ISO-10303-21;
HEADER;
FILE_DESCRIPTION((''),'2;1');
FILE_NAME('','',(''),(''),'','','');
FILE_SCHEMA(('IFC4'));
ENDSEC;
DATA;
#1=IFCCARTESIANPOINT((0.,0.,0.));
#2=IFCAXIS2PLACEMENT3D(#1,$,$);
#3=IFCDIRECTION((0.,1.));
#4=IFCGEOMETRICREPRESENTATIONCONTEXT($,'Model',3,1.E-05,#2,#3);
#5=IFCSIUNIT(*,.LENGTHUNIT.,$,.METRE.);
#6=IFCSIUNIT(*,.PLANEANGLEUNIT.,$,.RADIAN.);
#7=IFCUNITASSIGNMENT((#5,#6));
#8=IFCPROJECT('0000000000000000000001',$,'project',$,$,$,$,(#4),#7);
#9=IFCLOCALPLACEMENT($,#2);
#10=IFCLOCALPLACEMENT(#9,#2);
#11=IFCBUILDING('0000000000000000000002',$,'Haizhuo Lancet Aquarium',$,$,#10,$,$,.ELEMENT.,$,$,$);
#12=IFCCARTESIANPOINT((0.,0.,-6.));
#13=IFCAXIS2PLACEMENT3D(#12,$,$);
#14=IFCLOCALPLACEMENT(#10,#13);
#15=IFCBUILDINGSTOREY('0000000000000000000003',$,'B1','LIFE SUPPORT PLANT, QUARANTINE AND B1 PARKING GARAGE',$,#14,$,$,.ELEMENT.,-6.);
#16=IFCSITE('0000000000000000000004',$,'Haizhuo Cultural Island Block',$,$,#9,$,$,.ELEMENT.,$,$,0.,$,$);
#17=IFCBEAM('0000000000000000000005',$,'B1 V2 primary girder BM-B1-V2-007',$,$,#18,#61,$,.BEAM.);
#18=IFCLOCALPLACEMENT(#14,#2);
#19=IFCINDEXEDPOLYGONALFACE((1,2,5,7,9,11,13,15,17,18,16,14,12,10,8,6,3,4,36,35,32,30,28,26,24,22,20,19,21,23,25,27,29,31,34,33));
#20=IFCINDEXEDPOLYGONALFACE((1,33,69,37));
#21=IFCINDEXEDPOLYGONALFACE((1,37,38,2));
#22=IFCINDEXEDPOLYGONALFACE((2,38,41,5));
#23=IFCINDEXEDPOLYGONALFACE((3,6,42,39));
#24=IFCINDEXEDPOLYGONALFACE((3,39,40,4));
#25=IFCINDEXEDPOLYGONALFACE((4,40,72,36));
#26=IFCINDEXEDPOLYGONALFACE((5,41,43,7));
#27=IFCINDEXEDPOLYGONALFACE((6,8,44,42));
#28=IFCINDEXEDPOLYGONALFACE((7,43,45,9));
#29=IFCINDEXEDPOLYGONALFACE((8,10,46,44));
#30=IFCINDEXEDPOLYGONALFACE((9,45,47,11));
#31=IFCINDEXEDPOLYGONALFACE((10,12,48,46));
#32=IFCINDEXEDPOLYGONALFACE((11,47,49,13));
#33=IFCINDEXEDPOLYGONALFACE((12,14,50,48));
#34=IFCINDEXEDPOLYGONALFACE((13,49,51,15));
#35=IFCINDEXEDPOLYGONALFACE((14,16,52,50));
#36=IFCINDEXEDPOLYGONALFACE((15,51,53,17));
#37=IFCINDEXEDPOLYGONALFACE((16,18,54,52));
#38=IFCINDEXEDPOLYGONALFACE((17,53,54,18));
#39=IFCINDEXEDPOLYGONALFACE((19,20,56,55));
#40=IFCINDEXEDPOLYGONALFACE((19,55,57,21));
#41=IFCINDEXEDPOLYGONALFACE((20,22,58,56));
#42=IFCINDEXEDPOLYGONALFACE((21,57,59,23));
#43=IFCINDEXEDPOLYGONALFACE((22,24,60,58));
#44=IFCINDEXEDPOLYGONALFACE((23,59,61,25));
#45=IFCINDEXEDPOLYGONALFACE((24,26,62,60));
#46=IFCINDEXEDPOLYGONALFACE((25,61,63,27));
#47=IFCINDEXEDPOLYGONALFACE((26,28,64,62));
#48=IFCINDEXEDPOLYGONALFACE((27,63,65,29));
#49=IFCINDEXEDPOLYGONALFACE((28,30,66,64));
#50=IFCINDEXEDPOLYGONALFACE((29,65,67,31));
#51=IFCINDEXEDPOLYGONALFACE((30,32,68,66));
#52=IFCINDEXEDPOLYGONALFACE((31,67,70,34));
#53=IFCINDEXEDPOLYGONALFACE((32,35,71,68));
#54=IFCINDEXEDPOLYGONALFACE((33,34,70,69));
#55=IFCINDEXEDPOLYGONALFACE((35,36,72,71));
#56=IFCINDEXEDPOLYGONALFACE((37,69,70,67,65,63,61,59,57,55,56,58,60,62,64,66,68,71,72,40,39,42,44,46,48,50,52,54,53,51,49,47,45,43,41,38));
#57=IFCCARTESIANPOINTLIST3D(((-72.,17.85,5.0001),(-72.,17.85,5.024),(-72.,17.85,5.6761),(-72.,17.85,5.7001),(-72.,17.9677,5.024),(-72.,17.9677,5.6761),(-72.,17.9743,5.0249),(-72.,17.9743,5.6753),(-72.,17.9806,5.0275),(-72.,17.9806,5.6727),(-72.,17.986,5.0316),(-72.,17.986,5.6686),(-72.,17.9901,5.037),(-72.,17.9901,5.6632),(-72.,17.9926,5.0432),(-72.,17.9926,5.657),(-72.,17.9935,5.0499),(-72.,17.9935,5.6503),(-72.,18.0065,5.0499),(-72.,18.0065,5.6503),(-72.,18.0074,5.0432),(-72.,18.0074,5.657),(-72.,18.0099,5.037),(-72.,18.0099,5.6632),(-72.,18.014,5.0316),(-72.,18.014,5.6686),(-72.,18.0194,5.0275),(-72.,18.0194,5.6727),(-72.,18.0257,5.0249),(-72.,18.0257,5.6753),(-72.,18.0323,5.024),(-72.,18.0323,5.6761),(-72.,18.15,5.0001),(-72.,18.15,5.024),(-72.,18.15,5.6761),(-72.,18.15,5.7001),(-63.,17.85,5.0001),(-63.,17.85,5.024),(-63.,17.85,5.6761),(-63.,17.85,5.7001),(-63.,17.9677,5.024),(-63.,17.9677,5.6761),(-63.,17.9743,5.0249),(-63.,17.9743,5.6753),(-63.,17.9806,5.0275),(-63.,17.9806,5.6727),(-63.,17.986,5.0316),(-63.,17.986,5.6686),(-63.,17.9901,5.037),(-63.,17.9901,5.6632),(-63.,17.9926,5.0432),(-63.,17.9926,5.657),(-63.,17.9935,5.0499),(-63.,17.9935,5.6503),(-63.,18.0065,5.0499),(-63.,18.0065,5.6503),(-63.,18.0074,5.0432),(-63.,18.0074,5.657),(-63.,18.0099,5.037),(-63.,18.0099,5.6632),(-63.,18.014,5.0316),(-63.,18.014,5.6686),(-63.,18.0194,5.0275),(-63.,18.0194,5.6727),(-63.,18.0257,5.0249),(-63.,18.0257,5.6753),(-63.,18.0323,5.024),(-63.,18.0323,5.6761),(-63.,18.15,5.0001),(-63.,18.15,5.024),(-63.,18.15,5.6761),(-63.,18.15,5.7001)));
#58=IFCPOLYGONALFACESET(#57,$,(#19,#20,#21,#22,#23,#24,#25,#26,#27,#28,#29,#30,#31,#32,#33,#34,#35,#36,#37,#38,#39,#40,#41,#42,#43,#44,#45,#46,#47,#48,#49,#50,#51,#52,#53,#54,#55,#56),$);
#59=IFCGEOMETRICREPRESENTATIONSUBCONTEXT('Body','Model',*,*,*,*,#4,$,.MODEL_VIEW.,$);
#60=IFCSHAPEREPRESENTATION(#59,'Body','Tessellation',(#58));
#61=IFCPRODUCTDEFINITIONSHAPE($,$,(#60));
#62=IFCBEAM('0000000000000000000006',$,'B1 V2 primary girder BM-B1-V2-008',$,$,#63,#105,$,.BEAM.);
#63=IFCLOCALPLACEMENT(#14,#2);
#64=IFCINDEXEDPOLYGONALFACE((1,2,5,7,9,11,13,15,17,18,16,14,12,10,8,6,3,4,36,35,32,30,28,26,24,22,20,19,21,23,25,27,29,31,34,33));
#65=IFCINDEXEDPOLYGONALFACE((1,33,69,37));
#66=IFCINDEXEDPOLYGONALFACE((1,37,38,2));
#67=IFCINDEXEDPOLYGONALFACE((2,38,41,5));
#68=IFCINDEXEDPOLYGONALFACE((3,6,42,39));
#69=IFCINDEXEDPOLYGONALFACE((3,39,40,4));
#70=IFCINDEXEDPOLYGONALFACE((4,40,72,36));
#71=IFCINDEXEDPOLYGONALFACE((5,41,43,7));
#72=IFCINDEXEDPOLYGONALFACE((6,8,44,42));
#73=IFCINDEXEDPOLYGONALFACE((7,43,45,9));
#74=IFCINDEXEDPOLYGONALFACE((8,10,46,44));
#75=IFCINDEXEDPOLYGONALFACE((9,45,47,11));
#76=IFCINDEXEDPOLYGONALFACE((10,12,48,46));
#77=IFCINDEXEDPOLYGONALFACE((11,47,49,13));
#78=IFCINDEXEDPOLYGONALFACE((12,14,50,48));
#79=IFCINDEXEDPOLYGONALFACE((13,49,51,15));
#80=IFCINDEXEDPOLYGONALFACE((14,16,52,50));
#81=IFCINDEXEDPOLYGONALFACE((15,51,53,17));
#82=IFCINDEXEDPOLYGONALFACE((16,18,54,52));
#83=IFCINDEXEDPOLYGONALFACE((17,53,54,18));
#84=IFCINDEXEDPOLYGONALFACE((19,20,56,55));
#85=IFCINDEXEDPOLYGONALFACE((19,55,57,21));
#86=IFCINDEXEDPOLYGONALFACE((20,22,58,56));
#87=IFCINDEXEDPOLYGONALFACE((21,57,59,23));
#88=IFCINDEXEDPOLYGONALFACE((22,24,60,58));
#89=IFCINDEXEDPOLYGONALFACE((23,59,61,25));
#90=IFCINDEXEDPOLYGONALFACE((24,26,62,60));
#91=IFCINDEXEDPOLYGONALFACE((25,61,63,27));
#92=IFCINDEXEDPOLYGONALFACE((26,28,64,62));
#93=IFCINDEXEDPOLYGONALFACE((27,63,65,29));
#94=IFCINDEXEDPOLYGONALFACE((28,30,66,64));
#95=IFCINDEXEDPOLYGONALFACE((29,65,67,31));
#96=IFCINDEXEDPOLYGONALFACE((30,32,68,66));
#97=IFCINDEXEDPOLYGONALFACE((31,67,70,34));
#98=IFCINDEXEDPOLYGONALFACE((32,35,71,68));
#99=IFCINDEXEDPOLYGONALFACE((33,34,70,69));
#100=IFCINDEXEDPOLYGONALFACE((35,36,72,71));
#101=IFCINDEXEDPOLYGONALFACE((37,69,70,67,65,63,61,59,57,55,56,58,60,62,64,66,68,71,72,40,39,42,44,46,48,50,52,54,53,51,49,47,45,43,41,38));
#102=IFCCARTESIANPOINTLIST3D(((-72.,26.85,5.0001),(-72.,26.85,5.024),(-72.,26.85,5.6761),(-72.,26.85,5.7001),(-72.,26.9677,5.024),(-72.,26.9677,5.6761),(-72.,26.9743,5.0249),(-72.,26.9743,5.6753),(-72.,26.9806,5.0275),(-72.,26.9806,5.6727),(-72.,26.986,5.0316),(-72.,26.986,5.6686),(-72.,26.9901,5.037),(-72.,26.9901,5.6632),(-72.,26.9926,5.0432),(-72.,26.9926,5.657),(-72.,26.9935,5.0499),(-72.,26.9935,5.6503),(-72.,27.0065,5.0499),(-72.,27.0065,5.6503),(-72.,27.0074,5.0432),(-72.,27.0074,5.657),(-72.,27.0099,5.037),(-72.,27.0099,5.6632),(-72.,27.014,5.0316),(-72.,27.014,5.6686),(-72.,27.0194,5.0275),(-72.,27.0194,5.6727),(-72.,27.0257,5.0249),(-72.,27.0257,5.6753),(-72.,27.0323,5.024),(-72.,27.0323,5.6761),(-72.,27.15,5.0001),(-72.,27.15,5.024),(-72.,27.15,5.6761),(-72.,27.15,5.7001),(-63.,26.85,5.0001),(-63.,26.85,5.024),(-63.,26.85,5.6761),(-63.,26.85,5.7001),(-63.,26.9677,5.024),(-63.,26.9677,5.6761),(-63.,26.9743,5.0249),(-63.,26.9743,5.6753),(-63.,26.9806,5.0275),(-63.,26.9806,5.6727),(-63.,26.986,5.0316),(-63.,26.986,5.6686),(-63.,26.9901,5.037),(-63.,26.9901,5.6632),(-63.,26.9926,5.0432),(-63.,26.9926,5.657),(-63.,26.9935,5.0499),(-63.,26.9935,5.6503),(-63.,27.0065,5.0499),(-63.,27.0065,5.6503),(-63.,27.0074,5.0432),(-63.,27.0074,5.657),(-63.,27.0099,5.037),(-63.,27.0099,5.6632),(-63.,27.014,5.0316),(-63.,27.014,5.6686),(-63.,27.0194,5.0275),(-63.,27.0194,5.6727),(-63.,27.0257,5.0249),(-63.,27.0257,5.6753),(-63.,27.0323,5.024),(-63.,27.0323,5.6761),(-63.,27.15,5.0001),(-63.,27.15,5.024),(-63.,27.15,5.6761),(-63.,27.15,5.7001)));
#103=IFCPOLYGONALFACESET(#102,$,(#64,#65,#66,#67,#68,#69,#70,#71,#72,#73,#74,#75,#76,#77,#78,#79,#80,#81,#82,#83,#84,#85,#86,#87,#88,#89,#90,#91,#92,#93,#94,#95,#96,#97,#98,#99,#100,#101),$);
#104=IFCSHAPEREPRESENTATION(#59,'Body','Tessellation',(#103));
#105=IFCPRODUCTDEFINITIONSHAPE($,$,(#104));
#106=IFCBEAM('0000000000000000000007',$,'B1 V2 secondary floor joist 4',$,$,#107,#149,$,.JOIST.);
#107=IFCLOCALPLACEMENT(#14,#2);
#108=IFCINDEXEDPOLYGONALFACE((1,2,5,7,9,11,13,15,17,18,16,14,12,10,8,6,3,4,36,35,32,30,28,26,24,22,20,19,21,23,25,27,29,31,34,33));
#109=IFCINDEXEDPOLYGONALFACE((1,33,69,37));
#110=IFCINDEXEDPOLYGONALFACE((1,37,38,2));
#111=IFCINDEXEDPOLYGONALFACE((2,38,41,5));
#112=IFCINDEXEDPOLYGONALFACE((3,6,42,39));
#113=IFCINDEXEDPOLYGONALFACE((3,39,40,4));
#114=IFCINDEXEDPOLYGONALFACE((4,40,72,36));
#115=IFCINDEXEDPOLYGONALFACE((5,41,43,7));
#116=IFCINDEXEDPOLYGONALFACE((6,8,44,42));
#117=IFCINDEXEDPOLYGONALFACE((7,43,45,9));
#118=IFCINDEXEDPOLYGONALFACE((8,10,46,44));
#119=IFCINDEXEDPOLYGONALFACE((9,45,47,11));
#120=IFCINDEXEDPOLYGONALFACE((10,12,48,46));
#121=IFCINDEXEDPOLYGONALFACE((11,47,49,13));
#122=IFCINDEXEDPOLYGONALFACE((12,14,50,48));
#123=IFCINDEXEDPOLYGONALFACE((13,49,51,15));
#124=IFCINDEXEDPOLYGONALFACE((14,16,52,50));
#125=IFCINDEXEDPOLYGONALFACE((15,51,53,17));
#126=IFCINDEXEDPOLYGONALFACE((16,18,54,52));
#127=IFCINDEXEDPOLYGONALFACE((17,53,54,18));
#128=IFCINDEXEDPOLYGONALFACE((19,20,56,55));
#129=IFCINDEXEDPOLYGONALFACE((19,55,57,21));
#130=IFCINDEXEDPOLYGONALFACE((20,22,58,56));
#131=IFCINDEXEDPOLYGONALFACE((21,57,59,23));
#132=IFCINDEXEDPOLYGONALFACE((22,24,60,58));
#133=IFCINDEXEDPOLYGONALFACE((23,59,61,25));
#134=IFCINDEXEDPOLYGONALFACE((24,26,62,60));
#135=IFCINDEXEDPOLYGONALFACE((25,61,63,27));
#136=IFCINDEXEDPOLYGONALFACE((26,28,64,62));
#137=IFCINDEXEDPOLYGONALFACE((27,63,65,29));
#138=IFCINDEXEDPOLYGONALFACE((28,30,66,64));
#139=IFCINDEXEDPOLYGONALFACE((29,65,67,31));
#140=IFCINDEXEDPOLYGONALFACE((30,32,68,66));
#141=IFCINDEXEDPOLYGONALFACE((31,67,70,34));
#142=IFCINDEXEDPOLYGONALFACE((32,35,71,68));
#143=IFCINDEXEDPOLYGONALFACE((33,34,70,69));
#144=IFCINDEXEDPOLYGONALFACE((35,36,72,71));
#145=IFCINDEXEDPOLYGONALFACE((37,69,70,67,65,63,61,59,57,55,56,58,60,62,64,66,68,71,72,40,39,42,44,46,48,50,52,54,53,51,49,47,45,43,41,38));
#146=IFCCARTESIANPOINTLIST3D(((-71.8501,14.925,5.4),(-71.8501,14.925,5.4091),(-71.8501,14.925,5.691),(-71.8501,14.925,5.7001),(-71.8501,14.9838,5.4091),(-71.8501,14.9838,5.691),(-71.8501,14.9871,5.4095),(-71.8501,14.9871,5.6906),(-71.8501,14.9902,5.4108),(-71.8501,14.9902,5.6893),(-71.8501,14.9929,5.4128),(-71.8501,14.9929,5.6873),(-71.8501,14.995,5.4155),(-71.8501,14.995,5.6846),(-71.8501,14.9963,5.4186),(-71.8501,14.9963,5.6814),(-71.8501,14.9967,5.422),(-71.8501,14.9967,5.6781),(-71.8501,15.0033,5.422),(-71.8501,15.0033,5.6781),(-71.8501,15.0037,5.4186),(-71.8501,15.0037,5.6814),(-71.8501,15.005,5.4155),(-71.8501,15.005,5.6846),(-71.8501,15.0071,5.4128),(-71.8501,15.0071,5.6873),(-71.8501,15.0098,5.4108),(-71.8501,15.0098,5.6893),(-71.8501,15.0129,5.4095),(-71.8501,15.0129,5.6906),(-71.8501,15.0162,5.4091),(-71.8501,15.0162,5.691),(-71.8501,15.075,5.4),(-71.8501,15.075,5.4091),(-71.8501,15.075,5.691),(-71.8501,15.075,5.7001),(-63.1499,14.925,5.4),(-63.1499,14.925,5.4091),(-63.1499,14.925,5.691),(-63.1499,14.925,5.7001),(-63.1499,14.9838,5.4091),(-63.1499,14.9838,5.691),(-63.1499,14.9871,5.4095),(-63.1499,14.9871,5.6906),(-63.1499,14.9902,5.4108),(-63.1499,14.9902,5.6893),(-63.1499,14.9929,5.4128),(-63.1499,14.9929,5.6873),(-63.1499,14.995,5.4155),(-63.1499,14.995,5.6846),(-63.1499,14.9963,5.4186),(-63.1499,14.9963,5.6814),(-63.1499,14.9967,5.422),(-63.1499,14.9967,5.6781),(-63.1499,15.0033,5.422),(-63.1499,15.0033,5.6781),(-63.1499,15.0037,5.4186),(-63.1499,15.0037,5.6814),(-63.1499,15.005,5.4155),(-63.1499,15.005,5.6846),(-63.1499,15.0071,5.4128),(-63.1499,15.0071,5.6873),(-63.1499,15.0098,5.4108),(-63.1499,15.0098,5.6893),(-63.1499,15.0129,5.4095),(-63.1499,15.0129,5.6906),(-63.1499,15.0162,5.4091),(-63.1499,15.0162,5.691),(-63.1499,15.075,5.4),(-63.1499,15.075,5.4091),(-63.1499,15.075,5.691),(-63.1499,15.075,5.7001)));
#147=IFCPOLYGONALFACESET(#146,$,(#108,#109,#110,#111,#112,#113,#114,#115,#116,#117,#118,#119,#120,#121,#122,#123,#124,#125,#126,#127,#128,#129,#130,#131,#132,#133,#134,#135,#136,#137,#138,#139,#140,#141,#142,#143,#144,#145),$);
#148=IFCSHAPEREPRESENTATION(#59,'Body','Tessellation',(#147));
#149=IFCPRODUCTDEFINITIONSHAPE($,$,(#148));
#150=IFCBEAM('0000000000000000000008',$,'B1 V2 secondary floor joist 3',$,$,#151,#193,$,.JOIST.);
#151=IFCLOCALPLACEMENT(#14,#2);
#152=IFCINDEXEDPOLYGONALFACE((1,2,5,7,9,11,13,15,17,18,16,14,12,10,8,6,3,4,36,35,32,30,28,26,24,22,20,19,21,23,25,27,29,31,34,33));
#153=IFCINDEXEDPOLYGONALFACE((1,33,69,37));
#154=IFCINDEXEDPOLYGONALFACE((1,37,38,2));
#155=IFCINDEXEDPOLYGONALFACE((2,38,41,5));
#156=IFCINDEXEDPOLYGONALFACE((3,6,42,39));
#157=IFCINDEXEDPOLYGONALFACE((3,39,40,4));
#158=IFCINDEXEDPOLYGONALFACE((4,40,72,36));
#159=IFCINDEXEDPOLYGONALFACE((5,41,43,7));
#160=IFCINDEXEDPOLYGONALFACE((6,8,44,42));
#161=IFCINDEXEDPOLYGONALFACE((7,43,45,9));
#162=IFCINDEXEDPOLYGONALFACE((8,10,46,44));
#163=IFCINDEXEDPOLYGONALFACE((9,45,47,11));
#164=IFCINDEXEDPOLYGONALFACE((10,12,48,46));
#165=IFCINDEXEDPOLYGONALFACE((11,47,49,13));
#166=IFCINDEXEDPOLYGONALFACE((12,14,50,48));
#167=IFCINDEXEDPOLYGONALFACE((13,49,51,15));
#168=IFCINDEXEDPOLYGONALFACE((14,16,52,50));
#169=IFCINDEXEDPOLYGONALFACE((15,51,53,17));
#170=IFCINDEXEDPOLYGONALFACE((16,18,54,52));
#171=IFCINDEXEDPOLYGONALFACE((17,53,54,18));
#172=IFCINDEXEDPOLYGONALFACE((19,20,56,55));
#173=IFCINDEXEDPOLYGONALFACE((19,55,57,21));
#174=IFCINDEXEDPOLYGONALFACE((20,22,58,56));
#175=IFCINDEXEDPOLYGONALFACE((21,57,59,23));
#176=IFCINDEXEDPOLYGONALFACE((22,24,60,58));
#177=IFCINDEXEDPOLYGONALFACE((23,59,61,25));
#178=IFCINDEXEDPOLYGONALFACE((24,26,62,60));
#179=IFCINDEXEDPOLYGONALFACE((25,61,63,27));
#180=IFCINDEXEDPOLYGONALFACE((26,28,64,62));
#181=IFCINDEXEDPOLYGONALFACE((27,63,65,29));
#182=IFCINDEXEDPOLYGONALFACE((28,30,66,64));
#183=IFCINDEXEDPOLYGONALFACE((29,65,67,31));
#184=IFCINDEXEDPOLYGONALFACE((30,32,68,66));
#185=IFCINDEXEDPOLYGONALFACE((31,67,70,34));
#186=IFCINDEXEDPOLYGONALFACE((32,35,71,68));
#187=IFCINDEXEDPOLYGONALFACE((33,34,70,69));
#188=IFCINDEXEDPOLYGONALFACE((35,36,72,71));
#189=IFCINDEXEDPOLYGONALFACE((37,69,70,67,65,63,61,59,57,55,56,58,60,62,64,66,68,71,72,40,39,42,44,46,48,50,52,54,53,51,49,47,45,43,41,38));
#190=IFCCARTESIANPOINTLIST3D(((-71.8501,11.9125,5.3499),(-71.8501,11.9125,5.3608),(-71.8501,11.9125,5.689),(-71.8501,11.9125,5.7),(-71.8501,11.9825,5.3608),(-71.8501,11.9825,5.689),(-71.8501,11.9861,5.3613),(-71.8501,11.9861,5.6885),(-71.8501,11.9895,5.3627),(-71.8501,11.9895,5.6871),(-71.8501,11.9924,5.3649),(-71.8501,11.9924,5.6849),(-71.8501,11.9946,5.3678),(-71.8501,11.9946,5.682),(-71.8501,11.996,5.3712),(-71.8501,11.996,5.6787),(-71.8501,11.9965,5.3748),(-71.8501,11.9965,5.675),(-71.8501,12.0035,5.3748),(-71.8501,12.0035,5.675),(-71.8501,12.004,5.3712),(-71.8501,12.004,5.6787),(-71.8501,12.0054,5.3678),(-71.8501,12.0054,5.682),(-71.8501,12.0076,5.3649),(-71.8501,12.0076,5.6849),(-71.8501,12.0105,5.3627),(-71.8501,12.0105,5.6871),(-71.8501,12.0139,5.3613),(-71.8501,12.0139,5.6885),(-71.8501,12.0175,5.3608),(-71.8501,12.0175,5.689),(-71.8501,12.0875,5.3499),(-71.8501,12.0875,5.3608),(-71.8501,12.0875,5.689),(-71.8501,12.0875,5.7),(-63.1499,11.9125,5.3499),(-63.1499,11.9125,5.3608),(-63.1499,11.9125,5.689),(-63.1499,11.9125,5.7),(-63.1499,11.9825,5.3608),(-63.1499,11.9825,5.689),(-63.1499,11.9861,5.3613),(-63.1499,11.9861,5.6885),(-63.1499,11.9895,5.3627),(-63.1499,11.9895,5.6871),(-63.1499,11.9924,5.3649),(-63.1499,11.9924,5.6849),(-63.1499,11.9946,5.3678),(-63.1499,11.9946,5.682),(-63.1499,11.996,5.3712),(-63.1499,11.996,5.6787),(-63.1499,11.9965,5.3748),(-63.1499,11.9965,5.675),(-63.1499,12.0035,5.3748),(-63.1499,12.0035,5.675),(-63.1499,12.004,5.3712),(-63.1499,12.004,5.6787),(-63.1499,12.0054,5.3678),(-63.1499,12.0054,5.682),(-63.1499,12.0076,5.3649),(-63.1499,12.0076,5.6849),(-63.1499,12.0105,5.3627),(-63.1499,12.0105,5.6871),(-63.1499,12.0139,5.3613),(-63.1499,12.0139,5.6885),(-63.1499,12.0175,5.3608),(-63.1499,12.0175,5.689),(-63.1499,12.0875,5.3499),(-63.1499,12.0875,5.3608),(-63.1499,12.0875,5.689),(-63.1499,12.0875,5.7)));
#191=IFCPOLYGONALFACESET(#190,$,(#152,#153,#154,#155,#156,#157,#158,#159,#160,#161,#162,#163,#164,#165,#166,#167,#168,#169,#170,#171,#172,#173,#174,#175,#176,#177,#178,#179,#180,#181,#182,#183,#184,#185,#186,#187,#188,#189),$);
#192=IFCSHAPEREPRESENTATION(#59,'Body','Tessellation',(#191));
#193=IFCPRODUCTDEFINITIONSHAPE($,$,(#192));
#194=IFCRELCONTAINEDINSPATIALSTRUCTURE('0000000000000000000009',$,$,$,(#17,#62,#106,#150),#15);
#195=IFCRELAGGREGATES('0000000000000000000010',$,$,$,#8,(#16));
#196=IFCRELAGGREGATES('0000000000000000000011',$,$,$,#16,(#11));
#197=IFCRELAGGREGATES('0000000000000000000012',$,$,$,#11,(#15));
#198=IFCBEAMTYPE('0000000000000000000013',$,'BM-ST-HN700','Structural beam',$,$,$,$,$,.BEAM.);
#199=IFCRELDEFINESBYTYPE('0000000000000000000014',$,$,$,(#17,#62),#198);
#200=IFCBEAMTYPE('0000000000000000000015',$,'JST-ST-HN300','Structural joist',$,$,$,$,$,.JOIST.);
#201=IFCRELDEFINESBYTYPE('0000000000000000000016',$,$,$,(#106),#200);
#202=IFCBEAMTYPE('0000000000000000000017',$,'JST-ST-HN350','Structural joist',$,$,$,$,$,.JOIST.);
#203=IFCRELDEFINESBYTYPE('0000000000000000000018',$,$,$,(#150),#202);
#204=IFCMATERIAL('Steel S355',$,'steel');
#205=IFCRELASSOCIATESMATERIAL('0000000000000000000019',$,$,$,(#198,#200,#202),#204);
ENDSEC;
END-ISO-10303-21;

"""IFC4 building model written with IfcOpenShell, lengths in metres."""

from ifc_helpers import new_model, si_unit, direction, frame, origin, origin_2d, place, context, subcontext, project, spatial, i_section, extrude, material, material_profile, profile_set, type_object, element, save


model = new_model("IFC4")

# Units and contexts
model_context = context("Model", 3, precision=1e-05, world=origin(), true_north=direction((0.0, 1.0)))
body_context = subcontext(model_context, "Body", "Model", "MODEL_VIEW")
ifc_project = project(units=[si_unit("LENGTHUNIT", "METRE"), si_unit("PLANEANGLEUNIT", "RADIAN")], contexts=[model_context])

# Site, building, storey
site_placement = place(None, origin())
site = spatial("IfcSite", under=ifc_project, at=site_placement, Name="Haizhuo Cultural Island Block", CompositionType="ELEMENT", RefElevation=0.0)
building_placement = place(site_placement, origin())
building = spatial("IfcBuilding", under=site, at=building_placement, Name="Haizhuo Lancet Aquarium", CompositionType="ELEMENT")
storey_placement = place(building_placement, frame((0.0, 0.0, -6.0)))
storey = spatial("IfcBuildingStorey", under=building, at=storey_placement, Name="B1", Description="LIFE SUPPORT PLANT, QUARANTINE AND B1 PARKING GARAGE", CompositionType="ELEMENT", Elevation=-6.0)

# Beams
ifc_material_1 = material(Name="Steel S355", Category="steel")
ifc_material_profile_1 = material_profile(ifc_material_1, i_section(OverallWidth=0.3, OverallDepth=0.7, WebThickness=0.0129, FlangeThickness=0.0239, FilletRadius=0.0259, at=origin_2d()), Name="HN 700x300x13x24")
ifc_profile_set_1 = profile_set([ifc_material_profile_1], Name="Steel S355")
beam_type_1 = type_object("IfcBeamType", Name="BM-ST-HN700", Description="Structural beam", PredefinedType="BEAM", material=ifc_profile_set_1)
for number, where, z_axis, x_axis, name in (
    (1, (-72.0, 18.0, 5.3501), (1.0, 0.0, 0.0), (0.0, 1.0, 0.0), "B1 V2 primary girder BM-B1-V2-007"),
    (2, (-72.0, 27.0, 5.3501), (1.0, 0.0, 0.0), (0.0, 1.0, 0.0), "B1 V2 primary girder BM-B1-V2-008"),
):
    element("IfcBeam", number, at=place(storey_placement, frame(where, z_axis=z_axis, x_axis=x_axis)), inside=storey, type_object=beam_type_1, Name=name, PredefinedType="BEAM", context=body_context, shape_type="SweptSolid", body=[
        extrude(i_section(OverallWidth=0.3, OverallDepth=0.7, WebThickness=0.0129, FlangeThickness=0.0239, FilletRadius=0.0259, at=origin_2d()), origin(), (0.0, 0.0, 1.0), 9.0),
    ])
ifc_material_profile_2 = material_profile(ifc_material_1, i_section(OverallWidth=0.1499, OverallDepth=0.3, WebThickness=0.0066, FlangeThickness=0.009, FilletRadius=0.0129, at=origin_2d()), Name="HN 300x150x6.5x9")
ifc_profile_set_2 = profile_set([ifc_material_profile_2], Name="Steel S355")
beam_type_2 = type_object("IfcBeamType", Name="JST-ST-HN300", Description="Structural joist", PredefinedType="JOIST", material=ifc_profile_set_2)
beam_1_placement = place(storey_placement, frame((-71.8501, 15.0, 5.55), z_axis=(1.0, 0.0, 0.0), x_axis=(0.0, 1.0, 0.0)))
element("IfcBeam", 3, at=beam_1_placement, inside=storey, type_object=beam_type_2, Name="B1 V2 secondary floor joist 4", PredefinedType="JOIST", context=body_context, shape_type="SweptSolid", body=[
    extrude(i_section(OverallWidth=0.1499, OverallDepth=0.3, WebThickness=0.0066, FlangeThickness=0.009, FilletRadius=0.0129, at=origin_2d()), origin(), (0.0, 0.0, 1.0), 8.7002),
])
ifc_material_profile_3 = material_profile(ifc_material_1, i_section(OverallWidth=0.175, OverallDepth=0.3501, WebThickness=0.0071, FlangeThickness=0.011, FilletRadius=0.0139, at=origin_2d()), Name="HN 350x175x7x11")
ifc_profile_set_3 = profile_set([ifc_material_profile_3], Name="Steel S355")
beam_type_3 = type_object("IfcBeamType", Name="JST-ST-HN350", Description="Structural joist", PredefinedType="JOIST", material=ifc_profile_set_3)
beam_2_placement = place(storey_placement, frame((-71.8501, 12.0, 5.5249), z_axis=(1.0, 0.0, 0.0), x_axis=(0.0, 1.0, 0.0)))
element("IfcBeam", 4, at=beam_2_placement, inside=storey, type_object=beam_type_3, Name="B1 V2 secondary floor joist 3", PredefinedType="JOIST", context=body_context, shape_type="SweptSolid", body=[
    extrude(i_section(OverallWidth=0.175, OverallDepth=0.3501, WebThickness=0.0071, FlangeThickness=0.011, FilletRadius=0.0139, at=origin_2d()), origin(), (0.0, 0.0, 1.0), 8.7002),
])

save(model, "model.ifc")
